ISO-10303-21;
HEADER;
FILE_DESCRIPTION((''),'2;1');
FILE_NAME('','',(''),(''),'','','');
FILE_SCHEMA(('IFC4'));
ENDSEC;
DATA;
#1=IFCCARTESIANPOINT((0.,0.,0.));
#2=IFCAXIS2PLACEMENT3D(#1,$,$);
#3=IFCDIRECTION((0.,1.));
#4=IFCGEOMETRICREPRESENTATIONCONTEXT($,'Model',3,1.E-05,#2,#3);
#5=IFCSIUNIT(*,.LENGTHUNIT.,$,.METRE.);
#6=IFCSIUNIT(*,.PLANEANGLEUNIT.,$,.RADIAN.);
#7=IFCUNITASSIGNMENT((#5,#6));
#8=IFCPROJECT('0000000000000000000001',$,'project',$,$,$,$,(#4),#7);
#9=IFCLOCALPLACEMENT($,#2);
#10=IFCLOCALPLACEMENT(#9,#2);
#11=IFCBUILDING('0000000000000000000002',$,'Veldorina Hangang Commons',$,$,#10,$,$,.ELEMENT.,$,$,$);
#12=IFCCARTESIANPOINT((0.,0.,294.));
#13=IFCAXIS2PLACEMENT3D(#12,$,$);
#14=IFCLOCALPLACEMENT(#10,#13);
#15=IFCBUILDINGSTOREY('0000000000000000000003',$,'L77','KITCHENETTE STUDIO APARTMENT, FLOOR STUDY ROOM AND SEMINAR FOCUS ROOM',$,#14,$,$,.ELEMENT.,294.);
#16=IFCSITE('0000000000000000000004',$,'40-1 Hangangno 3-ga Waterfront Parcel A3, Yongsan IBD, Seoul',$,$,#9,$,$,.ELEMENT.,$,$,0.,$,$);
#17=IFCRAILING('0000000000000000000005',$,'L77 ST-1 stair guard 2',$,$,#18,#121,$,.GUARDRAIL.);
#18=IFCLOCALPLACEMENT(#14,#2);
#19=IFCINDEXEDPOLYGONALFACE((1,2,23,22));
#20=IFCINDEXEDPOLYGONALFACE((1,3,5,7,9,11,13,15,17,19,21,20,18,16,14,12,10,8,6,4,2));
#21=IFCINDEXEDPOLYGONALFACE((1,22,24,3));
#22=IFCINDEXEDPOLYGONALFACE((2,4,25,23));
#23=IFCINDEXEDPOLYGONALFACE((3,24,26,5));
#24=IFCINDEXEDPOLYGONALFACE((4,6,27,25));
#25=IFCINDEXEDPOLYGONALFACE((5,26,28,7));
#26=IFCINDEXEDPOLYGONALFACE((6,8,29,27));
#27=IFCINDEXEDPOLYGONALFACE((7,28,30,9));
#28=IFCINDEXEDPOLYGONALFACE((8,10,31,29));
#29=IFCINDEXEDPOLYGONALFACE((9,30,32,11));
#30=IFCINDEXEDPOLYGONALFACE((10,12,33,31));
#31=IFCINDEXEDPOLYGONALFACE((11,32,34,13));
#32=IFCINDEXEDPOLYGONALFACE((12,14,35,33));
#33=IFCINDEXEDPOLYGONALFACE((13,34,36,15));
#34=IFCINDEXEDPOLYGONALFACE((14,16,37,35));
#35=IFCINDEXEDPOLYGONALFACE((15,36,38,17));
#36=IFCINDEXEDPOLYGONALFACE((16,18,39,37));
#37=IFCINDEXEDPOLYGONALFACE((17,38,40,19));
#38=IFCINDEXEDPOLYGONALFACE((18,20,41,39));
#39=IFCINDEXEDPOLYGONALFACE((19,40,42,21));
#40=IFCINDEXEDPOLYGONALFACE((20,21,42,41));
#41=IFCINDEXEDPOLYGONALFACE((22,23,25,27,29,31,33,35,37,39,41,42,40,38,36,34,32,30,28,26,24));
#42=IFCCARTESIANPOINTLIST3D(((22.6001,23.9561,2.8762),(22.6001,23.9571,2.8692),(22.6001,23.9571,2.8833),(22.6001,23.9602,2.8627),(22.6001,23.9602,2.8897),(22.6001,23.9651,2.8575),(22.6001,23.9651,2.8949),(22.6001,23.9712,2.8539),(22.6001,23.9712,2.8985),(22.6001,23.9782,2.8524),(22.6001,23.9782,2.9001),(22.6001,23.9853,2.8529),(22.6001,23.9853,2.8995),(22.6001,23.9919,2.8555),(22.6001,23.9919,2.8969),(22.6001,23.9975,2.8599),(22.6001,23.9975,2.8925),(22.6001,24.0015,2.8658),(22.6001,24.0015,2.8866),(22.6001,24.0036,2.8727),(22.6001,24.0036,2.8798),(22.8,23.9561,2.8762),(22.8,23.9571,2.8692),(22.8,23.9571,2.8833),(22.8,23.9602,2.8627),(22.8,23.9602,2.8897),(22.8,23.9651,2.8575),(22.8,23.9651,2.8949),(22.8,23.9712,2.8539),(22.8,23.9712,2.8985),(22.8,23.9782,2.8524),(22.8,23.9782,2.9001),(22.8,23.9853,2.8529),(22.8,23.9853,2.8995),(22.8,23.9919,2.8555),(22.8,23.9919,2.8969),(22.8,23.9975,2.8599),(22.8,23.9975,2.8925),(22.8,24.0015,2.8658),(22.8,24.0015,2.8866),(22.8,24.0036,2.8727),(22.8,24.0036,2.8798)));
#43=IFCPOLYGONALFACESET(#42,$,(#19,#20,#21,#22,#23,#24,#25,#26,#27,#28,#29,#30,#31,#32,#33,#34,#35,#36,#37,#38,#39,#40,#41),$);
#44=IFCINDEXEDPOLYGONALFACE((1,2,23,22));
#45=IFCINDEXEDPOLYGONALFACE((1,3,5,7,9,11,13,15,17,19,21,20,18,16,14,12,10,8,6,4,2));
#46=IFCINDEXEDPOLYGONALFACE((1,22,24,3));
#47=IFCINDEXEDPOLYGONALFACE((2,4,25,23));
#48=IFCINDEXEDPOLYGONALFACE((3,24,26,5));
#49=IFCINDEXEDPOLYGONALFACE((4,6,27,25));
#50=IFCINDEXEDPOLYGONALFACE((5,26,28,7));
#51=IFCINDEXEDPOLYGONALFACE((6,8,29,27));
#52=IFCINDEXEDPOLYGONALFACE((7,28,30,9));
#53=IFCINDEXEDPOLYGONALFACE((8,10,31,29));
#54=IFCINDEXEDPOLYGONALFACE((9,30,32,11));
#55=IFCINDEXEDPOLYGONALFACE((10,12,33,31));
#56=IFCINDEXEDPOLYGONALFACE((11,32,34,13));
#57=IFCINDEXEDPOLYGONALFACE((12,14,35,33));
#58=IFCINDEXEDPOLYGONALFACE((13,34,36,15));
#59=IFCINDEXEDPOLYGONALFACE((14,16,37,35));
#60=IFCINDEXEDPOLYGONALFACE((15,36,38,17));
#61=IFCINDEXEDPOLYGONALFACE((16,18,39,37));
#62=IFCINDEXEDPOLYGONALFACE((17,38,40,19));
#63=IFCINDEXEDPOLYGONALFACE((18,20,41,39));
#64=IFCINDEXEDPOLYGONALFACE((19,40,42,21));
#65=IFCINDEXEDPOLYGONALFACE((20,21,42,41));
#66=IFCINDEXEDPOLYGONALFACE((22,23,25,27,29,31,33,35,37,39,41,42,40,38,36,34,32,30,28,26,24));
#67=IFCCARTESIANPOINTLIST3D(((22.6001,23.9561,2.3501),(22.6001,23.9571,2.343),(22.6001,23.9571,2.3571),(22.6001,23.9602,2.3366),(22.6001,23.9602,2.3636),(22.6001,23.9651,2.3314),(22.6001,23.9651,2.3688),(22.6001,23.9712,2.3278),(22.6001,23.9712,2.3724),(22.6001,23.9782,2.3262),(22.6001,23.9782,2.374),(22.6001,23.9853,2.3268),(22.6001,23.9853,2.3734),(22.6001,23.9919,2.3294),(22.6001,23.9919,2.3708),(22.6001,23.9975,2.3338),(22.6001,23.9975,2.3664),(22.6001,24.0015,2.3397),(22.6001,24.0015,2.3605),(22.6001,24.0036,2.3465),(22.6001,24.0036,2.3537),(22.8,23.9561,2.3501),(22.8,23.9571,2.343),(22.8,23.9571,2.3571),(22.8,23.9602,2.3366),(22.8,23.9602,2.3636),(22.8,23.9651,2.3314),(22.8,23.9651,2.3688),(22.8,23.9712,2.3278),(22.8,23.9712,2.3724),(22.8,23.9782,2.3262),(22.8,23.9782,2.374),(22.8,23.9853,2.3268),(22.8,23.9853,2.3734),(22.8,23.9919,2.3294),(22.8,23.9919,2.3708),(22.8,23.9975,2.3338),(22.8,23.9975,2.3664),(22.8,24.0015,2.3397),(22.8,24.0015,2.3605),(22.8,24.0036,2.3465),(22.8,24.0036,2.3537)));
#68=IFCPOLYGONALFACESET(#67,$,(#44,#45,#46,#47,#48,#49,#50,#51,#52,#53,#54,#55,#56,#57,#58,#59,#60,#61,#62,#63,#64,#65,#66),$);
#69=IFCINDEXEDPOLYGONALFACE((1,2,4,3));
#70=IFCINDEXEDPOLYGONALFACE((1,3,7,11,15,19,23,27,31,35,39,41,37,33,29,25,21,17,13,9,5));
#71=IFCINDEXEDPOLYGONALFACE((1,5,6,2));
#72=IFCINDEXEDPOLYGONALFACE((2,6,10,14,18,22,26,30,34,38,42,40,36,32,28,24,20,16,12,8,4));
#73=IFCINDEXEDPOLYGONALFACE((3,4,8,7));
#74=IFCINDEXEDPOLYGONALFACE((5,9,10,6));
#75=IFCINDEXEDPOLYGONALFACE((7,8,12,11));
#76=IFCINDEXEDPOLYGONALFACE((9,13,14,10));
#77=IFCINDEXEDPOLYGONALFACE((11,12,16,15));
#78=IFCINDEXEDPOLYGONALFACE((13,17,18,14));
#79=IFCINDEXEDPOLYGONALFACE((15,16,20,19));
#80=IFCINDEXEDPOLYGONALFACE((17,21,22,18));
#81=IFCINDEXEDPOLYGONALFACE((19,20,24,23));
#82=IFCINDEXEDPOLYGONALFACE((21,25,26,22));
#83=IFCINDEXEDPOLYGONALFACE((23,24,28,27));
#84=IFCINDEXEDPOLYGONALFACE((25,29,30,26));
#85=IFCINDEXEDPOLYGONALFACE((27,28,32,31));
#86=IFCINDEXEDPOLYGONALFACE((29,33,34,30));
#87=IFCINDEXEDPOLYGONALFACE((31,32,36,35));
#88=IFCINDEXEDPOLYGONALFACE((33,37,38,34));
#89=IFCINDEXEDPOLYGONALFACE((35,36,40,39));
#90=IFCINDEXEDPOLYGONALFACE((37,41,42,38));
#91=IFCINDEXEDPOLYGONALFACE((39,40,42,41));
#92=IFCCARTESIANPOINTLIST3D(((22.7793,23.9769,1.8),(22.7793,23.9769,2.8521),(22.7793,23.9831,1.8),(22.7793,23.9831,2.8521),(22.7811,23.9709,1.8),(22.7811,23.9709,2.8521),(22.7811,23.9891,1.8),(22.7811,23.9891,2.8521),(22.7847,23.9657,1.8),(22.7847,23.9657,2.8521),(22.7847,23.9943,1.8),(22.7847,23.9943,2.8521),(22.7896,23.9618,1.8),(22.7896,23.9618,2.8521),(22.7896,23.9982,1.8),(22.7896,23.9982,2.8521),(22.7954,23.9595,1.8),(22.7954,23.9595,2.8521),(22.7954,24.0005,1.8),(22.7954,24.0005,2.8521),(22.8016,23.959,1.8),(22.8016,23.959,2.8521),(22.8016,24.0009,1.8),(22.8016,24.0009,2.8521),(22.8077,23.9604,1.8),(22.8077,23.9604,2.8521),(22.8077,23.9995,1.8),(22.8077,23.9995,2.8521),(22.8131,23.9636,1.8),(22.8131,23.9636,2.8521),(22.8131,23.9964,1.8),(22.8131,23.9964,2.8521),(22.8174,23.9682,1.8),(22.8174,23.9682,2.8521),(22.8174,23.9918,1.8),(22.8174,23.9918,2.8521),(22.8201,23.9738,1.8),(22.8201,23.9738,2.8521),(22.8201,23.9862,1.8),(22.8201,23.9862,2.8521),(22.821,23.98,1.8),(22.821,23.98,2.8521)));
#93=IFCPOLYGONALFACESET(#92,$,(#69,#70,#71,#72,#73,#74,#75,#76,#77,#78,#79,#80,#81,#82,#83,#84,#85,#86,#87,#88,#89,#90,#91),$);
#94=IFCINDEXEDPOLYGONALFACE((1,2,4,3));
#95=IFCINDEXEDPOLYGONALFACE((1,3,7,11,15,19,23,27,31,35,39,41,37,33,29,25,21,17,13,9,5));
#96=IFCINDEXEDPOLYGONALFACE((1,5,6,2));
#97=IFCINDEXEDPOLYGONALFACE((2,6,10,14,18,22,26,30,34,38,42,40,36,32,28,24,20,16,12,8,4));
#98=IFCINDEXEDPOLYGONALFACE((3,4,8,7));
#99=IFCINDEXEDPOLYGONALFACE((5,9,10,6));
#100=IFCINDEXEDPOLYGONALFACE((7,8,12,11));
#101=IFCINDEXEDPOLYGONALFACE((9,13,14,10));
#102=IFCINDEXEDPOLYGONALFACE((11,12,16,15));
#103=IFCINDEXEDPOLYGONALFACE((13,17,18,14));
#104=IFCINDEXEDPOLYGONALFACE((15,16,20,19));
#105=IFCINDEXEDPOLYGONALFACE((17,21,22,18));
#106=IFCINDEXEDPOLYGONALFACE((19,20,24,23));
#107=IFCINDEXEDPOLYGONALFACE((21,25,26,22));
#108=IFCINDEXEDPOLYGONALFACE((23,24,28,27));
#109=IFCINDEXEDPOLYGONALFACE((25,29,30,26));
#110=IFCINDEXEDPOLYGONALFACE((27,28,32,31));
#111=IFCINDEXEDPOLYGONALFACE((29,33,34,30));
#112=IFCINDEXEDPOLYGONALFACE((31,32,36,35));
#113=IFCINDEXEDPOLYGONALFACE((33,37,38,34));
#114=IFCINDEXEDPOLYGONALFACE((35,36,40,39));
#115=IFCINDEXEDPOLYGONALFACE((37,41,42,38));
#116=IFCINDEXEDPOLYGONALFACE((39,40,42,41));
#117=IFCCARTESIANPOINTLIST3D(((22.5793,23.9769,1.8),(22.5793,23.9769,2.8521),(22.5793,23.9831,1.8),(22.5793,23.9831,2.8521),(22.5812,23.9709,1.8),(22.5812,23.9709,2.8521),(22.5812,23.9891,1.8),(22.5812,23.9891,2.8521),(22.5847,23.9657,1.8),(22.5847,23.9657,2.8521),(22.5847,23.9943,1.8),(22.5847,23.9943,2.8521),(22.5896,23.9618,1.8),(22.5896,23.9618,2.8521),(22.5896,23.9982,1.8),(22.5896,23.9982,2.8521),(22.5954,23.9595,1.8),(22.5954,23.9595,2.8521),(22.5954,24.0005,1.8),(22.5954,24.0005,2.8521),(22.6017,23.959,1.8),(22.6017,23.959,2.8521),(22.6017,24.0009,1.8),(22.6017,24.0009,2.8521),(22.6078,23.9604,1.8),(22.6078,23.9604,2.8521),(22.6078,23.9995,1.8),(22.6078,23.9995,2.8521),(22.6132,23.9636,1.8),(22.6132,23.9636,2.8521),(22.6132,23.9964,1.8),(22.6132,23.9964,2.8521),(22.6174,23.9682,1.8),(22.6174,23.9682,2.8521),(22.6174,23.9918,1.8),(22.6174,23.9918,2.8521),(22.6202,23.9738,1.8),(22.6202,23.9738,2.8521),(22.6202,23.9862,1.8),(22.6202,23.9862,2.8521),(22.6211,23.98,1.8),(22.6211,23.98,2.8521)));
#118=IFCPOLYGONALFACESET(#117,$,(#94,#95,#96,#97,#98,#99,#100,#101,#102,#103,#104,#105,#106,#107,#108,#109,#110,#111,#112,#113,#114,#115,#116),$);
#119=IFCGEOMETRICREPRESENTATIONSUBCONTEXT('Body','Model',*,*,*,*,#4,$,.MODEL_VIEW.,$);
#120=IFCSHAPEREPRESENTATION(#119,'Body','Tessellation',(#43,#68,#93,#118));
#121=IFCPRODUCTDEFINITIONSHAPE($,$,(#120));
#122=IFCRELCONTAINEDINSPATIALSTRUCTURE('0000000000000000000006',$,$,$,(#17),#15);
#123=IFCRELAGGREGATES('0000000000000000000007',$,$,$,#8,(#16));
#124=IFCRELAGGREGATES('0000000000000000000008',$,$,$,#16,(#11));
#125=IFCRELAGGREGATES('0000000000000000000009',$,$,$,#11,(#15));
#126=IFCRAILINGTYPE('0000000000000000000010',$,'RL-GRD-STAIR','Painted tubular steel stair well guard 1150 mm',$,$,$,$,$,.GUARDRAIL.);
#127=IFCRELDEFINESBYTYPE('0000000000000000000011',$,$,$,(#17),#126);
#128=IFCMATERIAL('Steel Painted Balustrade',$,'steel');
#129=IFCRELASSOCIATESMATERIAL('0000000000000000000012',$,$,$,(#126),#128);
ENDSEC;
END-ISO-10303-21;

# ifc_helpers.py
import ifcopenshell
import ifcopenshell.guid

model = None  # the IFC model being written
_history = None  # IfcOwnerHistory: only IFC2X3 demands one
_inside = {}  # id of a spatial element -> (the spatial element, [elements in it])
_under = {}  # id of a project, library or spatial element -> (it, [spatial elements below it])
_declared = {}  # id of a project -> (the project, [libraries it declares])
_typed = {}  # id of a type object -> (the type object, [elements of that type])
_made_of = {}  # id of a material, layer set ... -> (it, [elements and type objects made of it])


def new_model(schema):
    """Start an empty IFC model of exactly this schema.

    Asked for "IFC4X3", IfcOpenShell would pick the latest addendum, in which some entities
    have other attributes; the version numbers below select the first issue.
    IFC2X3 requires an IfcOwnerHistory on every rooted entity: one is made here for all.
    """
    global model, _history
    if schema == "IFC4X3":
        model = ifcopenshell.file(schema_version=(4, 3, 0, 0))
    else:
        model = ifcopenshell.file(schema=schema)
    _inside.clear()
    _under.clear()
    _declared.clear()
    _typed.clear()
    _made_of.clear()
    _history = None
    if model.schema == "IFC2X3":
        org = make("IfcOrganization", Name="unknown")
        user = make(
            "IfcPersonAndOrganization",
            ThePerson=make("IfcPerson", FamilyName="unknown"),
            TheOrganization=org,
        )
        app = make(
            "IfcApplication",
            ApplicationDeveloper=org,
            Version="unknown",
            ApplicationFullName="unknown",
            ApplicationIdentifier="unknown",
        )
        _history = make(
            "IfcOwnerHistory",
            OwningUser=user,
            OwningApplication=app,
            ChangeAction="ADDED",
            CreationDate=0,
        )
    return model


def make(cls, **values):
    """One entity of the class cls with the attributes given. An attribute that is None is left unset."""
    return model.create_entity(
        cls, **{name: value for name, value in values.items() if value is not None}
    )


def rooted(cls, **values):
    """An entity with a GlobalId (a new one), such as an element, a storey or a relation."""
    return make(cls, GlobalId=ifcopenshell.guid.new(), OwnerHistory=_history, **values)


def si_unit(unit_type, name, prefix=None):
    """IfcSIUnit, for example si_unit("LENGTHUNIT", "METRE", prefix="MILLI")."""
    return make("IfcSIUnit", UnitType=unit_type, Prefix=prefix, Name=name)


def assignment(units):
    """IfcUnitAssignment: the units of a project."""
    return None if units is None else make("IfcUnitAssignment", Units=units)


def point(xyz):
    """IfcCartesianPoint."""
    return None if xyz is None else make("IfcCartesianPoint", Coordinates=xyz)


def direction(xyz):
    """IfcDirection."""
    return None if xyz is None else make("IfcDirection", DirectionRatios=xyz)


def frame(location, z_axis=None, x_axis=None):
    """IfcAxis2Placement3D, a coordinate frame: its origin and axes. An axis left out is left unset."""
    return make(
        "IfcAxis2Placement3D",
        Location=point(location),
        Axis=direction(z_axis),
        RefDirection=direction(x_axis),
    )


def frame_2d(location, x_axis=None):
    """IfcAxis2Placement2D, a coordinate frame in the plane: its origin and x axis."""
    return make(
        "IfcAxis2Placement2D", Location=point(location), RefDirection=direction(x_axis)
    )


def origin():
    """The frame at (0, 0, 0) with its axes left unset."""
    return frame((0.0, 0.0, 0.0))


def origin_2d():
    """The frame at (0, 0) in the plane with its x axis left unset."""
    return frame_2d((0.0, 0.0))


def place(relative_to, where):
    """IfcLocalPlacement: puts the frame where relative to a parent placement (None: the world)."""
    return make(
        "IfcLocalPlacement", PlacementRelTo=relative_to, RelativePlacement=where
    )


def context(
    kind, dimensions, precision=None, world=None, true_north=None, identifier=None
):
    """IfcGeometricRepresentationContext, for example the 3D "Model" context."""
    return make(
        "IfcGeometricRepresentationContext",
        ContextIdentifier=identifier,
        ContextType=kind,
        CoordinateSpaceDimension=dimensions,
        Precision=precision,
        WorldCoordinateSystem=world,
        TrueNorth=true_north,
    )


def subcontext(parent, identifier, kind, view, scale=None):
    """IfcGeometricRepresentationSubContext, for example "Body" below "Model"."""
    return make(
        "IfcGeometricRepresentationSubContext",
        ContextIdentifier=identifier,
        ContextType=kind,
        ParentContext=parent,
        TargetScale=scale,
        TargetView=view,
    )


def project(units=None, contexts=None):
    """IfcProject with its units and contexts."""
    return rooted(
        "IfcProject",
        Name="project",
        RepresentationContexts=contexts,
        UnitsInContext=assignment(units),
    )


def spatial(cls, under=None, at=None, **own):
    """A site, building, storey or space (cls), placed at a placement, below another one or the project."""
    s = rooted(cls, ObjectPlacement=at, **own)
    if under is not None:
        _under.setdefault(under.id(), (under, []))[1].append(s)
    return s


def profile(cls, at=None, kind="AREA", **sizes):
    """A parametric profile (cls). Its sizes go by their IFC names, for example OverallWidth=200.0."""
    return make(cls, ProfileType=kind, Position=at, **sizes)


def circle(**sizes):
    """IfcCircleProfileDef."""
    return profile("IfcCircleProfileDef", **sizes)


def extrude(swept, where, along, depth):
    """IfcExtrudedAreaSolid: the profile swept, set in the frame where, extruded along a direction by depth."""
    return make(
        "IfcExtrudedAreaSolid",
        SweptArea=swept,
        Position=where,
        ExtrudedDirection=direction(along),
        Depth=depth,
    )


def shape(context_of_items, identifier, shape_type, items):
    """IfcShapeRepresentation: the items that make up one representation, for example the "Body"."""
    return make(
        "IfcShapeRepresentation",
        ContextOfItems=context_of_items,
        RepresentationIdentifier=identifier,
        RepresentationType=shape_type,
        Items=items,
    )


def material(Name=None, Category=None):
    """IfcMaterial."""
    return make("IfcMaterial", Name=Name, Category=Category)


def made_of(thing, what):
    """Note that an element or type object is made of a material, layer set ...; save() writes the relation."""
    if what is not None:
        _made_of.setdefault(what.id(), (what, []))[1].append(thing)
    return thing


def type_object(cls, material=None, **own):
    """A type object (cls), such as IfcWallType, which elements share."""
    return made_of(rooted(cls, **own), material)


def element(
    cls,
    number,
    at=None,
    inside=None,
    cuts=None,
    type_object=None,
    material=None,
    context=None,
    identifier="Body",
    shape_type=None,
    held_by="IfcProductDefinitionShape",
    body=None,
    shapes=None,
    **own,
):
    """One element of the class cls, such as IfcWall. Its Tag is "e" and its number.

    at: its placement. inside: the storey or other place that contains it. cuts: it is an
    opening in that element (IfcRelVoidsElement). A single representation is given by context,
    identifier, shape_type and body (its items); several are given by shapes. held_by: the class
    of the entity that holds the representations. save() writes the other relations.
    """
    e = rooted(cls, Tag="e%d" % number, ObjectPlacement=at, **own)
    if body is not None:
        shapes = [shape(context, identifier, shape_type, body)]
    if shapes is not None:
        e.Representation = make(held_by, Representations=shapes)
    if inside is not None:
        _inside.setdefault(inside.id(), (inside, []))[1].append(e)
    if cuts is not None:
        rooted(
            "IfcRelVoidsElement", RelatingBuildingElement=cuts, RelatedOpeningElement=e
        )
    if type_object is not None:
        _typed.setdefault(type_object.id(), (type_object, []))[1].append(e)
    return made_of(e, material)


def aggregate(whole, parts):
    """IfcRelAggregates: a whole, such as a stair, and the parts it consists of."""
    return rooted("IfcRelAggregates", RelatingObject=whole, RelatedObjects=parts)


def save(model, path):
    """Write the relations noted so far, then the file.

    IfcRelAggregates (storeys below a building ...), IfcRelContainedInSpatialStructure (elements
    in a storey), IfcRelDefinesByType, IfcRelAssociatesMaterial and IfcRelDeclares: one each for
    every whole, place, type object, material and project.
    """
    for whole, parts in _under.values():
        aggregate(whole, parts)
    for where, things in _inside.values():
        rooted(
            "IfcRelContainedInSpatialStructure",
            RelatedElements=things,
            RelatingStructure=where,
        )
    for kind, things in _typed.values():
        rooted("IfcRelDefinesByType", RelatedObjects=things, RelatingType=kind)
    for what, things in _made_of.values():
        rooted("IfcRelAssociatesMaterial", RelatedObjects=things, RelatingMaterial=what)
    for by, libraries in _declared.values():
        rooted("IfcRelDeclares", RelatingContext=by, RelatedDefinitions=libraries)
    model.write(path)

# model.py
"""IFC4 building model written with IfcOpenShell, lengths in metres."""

from ifc_helpers import new_model, si_unit, direction, frame, origin, origin_2d, place, context, subcontext, project, spatial, circle, extrude, material, type_object, element, save


model = new_model("IFC4")

# Units and contexts
model_context = context("Model", 3, precision=1e-05, world=origin(), true_north=direction((0.0, 1.0)))
body_context = subcontext(model_context, "Body", "Model", "MODEL_VIEW")
ifc_project = project(units=[si_unit("LENGTHUNIT", "METRE"), si_unit("PLANEANGLEUNIT", "RADIAN")], contexts=[model_context])

# Site, building, storey
site_placement = place(None, origin())
site = spatial("IfcSite", under=ifc_project, at=site_placement, Name="40-1 Hangangno 3-ga Waterfront Parcel A3, Yongsan IBD, Seoul", CompositionType="ELEMENT", RefElevation=0.0)
building_placement = place(site_placement, origin())
building = spatial("IfcBuilding", under=site, at=building_placement, Name="Veldorina Hangang Commons", CompositionType="ELEMENT")
storey_placement = place(building_placement, frame((0.0, 0.0, 294.0)))
storey = spatial("IfcBuildingStorey", under=building, at=storey_placement, Name="L77", Description="KITCHENETTE STUDIO APARTMENT, FLOOR STUDY ROOM AND SEMINAR FOCUS ROOM", CompositionType="ELEMENT", Elevation=294.0)

# Railing
ifc_material_1 = material(Name="Steel Painted Balustrade", Category="steel")
railing_type_1 = type_object("IfcRailingType", Name="RL-GRD-STAIR", Description="Painted tubular steel stair well guard 1150 mm", PredefinedType="GUARDRAIL", material=ifc_material_1)
railing_1_placement = place(storey_placement, frame((22.8, 23.98, 1.8)))
element("IfcRailing", 1, at=railing_1_placement, inside=storey, type_object=railing_type_1, Name="L77 ST-1 stair guard 2", PredefinedType="GUARDRAIL", context=body_context, shape_type="SweptSolid", body=[
    extrude(circle(Radius=0.0239, at=origin_2d()), frame((0.0, 0.0, 1.0762), z_axis=(-1.0, 0.0, 0.0), x_axis=(0.0, -1.0, 0.0)), (0.0, 0.0, 1.0), 0.2),
    extrude(circle(Radius=0.0239, at=origin_2d()), frame((0.0, 0.0, 0.55), z_axis=(-1.0, 0.0, 0.0), x_axis=(0.0, -1.0, 0.0)), (0.0, 0.0, 1.0), 0.2),
    extrude(circle(Radius=0.021, at=origin_2d()), origin(), (0.0, 0.0, 1.0), 1.052),
    extrude(circle(Radius=0.021, at=origin_2d()), frame((-0.2, 0.0, 0.0)), (0.0, 0.0, 1.0), 1.052),
])

save(model, "model.ifc")
